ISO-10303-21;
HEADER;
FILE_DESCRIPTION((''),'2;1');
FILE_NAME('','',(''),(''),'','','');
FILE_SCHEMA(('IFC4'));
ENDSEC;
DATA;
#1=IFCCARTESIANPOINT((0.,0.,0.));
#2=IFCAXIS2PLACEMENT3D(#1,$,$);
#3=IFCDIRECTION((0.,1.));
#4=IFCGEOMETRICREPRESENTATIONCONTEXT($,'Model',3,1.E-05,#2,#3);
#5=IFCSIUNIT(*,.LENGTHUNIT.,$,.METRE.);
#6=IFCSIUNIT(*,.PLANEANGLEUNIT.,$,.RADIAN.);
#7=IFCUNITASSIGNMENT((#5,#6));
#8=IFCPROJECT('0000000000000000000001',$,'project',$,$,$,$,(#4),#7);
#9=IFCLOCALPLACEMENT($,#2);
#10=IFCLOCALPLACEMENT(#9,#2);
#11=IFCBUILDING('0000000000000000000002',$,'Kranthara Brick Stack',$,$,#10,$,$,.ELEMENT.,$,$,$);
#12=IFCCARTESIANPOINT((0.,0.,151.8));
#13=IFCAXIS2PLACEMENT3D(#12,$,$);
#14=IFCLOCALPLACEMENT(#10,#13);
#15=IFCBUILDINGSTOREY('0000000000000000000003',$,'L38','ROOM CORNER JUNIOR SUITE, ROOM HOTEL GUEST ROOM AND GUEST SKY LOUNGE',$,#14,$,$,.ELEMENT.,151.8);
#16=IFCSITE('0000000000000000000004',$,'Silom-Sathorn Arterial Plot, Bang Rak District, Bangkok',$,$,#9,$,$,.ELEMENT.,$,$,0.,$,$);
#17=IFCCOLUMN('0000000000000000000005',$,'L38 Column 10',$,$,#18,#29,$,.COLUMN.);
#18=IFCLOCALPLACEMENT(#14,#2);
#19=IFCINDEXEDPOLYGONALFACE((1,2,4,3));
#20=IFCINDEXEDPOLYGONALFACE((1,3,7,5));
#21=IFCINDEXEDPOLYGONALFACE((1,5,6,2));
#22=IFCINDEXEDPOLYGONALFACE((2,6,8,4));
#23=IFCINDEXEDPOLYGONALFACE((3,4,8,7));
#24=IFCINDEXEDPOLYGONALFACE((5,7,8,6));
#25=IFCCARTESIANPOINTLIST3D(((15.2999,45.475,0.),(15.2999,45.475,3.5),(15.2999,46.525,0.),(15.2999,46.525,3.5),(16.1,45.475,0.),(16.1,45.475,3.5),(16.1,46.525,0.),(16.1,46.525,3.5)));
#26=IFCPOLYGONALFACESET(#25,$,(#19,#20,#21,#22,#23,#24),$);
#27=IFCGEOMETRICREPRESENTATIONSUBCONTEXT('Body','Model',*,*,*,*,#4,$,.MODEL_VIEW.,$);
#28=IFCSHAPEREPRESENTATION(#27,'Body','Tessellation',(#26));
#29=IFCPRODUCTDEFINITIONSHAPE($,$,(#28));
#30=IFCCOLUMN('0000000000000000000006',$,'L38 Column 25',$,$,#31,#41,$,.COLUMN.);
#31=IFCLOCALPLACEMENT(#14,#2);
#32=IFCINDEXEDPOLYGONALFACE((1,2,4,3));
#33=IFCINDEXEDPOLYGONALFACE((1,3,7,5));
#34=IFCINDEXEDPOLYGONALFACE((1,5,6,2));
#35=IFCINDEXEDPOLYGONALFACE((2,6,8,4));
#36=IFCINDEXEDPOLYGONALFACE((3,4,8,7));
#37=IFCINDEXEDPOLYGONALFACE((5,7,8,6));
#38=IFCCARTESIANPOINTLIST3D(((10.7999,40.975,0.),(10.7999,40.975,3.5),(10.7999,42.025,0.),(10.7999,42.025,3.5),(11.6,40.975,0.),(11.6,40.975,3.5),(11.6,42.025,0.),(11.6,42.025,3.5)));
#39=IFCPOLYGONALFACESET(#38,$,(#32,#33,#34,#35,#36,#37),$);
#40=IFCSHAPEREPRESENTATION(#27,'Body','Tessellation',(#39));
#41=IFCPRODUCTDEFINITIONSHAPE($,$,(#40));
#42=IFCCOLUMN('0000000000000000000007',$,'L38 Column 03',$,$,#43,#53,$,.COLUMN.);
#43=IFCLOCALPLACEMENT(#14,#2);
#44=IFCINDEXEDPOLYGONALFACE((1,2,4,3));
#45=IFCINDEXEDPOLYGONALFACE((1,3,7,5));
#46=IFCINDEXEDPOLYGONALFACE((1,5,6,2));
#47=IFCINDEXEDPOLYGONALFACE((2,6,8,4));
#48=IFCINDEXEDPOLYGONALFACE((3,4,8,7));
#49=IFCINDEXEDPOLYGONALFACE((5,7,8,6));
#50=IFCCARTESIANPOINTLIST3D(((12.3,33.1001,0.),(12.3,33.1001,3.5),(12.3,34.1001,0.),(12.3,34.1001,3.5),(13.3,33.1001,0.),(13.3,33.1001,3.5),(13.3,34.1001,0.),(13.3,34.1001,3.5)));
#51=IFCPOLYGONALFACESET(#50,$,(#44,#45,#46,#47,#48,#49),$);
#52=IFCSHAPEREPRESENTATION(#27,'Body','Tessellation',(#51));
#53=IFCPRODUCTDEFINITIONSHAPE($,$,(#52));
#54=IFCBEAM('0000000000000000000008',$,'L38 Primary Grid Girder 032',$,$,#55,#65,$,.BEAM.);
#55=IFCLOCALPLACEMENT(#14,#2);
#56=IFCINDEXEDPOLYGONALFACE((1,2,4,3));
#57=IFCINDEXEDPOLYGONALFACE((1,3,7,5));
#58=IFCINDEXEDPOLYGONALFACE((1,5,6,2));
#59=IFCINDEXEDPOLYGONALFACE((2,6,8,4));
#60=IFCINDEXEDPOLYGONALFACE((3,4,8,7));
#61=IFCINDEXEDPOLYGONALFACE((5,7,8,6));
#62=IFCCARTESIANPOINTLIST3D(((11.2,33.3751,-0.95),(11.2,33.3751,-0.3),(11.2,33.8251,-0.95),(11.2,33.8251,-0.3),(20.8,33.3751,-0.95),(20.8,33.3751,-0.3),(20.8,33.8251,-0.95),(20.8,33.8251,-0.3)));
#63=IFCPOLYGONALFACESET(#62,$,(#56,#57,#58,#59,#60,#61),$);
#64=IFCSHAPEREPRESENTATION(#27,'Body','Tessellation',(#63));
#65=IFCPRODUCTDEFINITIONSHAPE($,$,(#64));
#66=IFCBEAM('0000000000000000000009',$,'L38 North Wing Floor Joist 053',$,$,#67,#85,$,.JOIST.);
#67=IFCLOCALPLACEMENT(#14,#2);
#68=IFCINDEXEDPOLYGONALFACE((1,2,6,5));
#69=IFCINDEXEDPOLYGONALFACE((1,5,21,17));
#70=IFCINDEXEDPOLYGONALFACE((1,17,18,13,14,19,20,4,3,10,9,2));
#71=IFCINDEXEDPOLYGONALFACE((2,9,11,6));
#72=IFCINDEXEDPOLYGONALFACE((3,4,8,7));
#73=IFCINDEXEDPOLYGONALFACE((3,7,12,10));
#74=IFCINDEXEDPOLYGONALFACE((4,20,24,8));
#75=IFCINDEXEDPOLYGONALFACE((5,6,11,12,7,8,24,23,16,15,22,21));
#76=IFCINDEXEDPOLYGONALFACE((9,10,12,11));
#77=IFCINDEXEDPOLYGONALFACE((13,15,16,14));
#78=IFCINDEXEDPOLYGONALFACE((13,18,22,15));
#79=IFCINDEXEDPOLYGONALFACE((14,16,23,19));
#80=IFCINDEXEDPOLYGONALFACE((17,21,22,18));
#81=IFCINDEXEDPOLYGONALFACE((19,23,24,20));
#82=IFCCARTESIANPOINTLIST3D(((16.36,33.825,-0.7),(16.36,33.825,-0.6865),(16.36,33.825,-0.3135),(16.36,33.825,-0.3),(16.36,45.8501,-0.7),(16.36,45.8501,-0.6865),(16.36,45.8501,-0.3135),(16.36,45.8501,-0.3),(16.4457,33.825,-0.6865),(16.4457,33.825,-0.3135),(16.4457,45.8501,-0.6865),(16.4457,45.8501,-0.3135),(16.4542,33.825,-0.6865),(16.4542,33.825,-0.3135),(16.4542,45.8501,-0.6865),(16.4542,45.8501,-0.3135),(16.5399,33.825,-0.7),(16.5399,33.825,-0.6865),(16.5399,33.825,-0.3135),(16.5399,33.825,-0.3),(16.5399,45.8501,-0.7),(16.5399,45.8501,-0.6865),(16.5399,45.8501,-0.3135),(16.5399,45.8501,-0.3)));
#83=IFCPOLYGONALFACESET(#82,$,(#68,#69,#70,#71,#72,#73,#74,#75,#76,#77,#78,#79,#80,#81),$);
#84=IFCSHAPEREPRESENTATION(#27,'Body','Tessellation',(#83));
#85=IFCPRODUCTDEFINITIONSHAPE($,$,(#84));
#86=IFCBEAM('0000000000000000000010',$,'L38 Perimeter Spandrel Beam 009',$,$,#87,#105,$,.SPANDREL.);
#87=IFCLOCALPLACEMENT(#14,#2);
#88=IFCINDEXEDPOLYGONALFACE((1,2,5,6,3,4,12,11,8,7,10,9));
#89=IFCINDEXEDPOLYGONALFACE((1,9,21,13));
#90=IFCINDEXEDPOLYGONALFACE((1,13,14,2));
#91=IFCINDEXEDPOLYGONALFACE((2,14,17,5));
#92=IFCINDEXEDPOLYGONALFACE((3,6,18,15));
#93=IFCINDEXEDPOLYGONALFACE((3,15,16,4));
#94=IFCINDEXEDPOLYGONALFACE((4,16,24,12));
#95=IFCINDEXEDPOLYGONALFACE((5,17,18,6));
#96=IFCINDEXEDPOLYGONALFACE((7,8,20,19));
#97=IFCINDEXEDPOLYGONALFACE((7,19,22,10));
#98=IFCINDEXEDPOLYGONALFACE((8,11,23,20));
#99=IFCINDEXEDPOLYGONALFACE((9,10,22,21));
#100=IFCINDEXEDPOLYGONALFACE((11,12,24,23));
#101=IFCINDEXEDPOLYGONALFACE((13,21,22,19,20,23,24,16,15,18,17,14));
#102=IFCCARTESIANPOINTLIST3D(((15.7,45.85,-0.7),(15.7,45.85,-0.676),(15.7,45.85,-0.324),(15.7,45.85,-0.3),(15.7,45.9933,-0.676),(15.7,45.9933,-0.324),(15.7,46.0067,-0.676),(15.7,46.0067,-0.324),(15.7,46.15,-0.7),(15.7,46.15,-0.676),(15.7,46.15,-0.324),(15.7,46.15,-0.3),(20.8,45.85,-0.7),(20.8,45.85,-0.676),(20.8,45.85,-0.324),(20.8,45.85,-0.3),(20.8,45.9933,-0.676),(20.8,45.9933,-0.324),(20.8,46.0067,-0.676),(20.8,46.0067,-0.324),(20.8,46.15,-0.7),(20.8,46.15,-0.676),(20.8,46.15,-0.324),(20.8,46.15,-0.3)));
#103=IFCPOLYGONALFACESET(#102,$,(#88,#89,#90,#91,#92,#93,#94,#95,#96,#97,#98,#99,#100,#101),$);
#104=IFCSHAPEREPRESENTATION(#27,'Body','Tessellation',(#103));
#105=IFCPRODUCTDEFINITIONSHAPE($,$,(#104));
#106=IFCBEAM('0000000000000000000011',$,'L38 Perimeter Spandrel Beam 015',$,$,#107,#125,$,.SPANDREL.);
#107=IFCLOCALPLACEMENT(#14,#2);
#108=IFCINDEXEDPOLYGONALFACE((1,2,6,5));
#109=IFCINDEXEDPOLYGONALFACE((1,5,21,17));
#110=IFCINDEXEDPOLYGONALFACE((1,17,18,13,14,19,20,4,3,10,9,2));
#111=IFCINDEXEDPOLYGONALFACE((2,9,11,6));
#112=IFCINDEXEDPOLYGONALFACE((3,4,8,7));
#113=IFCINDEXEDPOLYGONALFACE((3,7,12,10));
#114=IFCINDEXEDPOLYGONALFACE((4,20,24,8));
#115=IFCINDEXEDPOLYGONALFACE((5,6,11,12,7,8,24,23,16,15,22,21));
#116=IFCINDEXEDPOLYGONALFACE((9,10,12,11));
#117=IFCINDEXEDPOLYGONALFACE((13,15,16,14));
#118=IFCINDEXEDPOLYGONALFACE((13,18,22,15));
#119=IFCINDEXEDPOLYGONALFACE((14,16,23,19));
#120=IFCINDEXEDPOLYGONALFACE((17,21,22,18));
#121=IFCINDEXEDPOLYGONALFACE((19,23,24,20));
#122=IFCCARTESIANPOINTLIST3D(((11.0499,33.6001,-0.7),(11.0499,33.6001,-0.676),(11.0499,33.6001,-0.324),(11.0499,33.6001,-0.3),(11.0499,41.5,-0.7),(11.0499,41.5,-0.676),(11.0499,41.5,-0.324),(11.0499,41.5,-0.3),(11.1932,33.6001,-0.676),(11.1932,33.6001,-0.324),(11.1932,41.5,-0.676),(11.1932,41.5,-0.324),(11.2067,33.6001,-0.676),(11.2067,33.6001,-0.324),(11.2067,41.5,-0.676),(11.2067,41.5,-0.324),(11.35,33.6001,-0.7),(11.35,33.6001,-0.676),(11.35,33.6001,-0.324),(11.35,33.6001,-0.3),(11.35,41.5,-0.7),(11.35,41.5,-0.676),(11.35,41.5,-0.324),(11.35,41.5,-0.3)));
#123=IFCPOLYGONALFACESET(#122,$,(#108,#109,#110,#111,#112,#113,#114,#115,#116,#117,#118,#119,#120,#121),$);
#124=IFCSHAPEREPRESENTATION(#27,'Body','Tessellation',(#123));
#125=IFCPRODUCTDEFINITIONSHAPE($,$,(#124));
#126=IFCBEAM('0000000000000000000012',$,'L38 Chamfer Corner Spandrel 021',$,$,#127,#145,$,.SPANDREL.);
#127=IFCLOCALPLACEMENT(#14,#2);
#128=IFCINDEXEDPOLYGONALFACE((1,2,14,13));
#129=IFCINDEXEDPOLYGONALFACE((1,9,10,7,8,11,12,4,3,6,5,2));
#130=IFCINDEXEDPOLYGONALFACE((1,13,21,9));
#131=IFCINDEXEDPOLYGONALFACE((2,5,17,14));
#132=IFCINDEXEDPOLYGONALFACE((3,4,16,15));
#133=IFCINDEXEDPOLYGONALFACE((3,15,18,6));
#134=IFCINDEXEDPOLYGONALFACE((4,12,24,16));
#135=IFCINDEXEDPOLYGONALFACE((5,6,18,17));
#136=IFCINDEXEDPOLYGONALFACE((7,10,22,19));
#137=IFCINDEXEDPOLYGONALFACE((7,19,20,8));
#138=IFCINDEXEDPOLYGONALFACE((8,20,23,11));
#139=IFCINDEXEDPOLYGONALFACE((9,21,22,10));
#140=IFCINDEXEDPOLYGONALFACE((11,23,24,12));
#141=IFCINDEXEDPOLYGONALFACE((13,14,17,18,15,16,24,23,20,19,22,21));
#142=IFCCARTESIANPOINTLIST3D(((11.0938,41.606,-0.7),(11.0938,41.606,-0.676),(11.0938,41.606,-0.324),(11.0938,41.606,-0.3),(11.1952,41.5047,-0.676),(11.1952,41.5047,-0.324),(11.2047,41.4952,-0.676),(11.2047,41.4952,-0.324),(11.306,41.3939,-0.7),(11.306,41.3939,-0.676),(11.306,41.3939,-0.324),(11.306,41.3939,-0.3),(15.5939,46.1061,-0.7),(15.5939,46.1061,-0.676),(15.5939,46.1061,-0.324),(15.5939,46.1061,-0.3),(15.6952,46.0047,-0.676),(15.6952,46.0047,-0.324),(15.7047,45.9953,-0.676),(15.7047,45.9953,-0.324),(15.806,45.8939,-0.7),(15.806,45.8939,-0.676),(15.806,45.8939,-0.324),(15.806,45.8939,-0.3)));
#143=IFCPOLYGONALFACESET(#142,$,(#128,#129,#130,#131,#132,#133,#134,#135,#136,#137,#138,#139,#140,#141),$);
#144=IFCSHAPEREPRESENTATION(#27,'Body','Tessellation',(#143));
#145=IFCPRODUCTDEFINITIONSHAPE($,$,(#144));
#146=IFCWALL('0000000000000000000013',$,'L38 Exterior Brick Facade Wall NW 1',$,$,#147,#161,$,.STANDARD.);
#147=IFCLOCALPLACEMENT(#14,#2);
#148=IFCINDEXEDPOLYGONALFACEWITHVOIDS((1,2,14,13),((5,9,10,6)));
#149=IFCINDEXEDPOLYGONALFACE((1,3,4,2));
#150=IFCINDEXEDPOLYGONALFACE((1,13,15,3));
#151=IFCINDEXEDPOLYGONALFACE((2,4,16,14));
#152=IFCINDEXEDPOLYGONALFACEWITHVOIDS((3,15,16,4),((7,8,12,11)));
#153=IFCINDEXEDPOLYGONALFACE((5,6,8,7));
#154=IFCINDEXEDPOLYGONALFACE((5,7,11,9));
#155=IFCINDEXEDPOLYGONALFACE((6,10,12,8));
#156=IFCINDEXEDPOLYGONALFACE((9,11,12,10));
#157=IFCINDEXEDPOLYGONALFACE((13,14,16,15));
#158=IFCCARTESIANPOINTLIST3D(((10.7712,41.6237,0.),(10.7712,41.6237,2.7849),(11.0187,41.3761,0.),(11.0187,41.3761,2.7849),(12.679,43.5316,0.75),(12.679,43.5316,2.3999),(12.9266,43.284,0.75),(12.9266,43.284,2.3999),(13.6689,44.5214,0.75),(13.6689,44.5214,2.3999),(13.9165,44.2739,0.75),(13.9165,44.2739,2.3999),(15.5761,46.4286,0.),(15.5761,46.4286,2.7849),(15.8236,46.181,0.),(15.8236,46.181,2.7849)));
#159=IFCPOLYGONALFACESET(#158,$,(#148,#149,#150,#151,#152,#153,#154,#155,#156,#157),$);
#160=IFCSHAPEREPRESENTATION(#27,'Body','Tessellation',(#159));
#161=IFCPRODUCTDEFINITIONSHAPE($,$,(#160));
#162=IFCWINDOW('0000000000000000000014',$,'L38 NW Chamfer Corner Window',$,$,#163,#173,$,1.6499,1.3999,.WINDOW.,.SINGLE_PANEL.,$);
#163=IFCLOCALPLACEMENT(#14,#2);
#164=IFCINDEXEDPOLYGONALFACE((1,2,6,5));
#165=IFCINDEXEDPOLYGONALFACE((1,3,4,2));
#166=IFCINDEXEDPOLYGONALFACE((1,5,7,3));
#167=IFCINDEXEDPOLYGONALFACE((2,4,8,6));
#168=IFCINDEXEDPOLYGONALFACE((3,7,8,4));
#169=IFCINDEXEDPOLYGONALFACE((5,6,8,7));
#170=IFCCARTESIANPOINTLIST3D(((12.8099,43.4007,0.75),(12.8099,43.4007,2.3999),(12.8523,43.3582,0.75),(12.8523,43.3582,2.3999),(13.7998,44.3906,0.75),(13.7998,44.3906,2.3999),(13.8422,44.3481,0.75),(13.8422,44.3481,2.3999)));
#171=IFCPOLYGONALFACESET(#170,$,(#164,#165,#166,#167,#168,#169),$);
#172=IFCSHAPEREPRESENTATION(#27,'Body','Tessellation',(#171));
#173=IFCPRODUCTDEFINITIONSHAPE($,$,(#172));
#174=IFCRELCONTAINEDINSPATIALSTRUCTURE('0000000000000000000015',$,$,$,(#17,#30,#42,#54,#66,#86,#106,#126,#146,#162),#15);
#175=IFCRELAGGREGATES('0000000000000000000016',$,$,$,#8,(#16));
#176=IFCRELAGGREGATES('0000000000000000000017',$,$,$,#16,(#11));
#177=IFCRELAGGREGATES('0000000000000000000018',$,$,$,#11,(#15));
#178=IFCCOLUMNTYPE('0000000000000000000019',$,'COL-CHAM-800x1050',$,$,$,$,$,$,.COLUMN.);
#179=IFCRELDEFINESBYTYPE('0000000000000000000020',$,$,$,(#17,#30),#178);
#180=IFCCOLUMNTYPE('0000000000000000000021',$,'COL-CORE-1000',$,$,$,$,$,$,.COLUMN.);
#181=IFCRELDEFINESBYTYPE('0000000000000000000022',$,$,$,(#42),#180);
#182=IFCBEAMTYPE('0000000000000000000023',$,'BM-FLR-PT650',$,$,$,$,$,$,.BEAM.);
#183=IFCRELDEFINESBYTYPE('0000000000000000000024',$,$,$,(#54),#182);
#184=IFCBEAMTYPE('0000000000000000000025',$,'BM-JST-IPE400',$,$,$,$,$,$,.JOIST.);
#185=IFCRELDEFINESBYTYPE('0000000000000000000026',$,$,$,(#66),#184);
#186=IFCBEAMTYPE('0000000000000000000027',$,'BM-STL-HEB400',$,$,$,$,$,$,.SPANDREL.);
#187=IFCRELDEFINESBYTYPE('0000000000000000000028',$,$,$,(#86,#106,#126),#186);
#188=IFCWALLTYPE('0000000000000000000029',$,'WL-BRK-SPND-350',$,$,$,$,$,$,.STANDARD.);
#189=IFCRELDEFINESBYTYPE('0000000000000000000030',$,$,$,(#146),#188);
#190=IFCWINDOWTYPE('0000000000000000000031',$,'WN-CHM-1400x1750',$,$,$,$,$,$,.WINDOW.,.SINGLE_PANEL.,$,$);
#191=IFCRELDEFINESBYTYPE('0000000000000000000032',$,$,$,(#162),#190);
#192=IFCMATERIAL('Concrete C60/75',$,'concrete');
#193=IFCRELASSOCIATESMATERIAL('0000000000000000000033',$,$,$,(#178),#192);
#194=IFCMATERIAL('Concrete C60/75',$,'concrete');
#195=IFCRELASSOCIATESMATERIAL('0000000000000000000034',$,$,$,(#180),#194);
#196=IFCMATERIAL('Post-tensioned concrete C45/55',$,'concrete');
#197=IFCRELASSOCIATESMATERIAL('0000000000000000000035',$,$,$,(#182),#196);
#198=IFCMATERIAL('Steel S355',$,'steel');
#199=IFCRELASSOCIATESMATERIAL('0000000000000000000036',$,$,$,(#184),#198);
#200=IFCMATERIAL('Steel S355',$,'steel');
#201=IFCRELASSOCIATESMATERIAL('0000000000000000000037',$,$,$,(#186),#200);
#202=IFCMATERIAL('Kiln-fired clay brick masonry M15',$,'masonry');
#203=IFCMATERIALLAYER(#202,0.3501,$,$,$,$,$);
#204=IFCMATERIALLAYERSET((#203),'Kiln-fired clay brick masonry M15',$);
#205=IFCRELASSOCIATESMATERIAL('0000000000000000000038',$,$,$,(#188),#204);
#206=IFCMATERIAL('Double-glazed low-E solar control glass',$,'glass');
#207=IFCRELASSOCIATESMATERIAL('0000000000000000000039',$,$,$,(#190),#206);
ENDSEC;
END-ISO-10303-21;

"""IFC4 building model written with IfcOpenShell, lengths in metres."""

from ifc_helpers import new_model, si_unit, direction, frame, frame_2d, origin, origin_2d, place, context, subcontext, project, spatial, rectangle, i_section, extrude, material, layer, layer_set, material_profile, profile_set, type_object, element, fill, save


model = new_model("IFC4")

# Units and contexts
model_context = context("Model", 3, precision=1e-05, world=origin(), true_north=direction((0.0, 1.0)))
body_context = subcontext(model_context, "Body", "Model", "MODEL_VIEW")
ifc_project = project(units=[si_unit("LENGTHUNIT", "METRE"), si_unit("PLANEANGLEUNIT", "RADIAN")], contexts=[model_context])

# Site, building, storey
site_placement = place(None, origin())
site = spatial("IfcSite", under=ifc_project, at=site_placement, Name="Silom-Sathorn Arterial Plot, Bang Rak District, Bangkok", CompositionType="ELEMENT", RefElevation=0.0)
building_placement = place(site_placement, origin())
building = spatial("IfcBuilding", under=site, at=building_placement, Name="Kranthara Brick Stack", CompositionType="ELEMENT")
storey_placement = place(building_placement, frame((0.0, 0.0, 151.8)))
storey = spatial("IfcBuildingStorey", under=building, at=storey_placement, Name="L38", Description="ROOM CORNER JUNIOR SUITE, ROOM HOTEL GUEST ROOM AND GUEST SKY LOUNGE", CompositionType="ELEMENT", Elevation=151.8)

# Columns
ifc_material_1 = material(Name="Concrete C60/75", Category="concrete")
ifc_material_profile_1 = material_profile(ifc_material_1, rectangle(XDim=0.8, YDim=1.05, at=origin_2d()), Name="RC 800x1050")
ifc_profile_set_1 = profile_set([ifc_material_profile_1], Name="Concrete C60/75")
column_type_1 = type_object("IfcColumnType", Name="COL-CHAM-800x1050", PredefinedType="COLUMN", material=ifc_profile_set_1)
for number, where, z_axis, x_axis, name in (
    (1, (15.7, 46.0, 0.0), (0.0, 0.0, 1.0), (1.0, 0.0, 0.0), "L38 Column 10"),
    (2, (11.2, 41.5, 0.0), (0.0, 0.0, 1.0), (1.0, 0.0, 0.0), "L38 Column 25"),
):
    element("IfcColumn", number, at=place(storey_placement, frame(where, z_axis=z_axis, x_axis=x_axis)), inside=storey, type_object=column_type_1, Name=name, PredefinedType="COLUMN", context=body_context, shape_type="SweptSolid", body=[
        extrude(rectangle(XDim=0.8, YDim=1.05, at=origin_2d()), origin(), (0.0, 0.0, 1.0), 3.5),
    ])
ifc_material_2 = material(Name="Concrete C60/75", Category="concrete")
ifc_material_profile_2 = material_profile(ifc_material_2, rectangle(XDim=1.0, YDim=1.0, at=origin_2d()), Name="RC 1000x1000")
ifc_profile_set_2 = profile_set([ifc_material_profile_2], Name="Concrete C60/75")
column_type_2 = type_object("IfcColumnType", Name="COL-CORE-1000", PredefinedType="COLUMN", material=ifc_profile_set_2)
column_placement = place(storey_placement, frame((12.8, 33.6001, 0.0), z_axis=(0.0, 0.0, 1.0), x_axis=(1.0, 0.0, 0.0)))
element("IfcColumn", 3, at=column_placement, inside=storey, type_object=column_type_2, Name="L38 Column 03", PredefinedType="COLUMN", context=body_context, shape_type="SweptSolid", body=[
    extrude(rectangle(XDim=1.0, YDim=1.0, at=origin_2d()), origin(), (0.0, 0.0, 1.0), 3.5),
])

# Beams
ifc_material_3 = material(Name="Post-tensioned concrete C45/55", Category="concrete")
ifc_material_profile_3 = material_profile(ifc_material_3, rectangle(XDim=0.45, YDim=0.6499, at=origin_2d()), Name="PT 450x650")
ifc_profile_set_3 = profile_set([ifc_material_profile_3], Name="Post-tensioned concrete C45/55")
beam_type_1 = type_object("IfcBeamType", Name="BM-FLR-PT650", PredefinedType="BEAM", material=ifc_profile_set_3)
beam_1_placement = place(storey_placement, frame((11.2, 33.6001, -0.625), z_axis=(1.0, 0.0, 0.0), x_axis=(0.0, 1.0, 0.0)))
element("IfcBeam", 4, at=beam_1_placement, inside=storey, type_object=beam_type_1, Name="L38 Primary Grid Girder 032", PredefinedType="BEAM", context=body_context, shape_type="SweptSolid", body=[
    extrude(rectangle(XDim=0.45, YDim=0.6499, at=origin_2d()), origin(), (0.0, 0.0, 1.0), 9.6001),
])
ifc_material_4 = material(Name="Steel S355", Category="steel")
ifc_material_profile_4 = material_profile(ifc_material_4, i_section(OverallWidth=0.1799, OverallDepth=0.3999, WebThickness=0.0085, FlangeThickness=0.0134, at=origin_2d()), Name="IPE 400")
ifc_profile_set_4 = profile_set([ifc_material_profile_4], Name="Steel S355")
beam_type_2 = type_object("IfcBeamType", Name="BM-JST-IPE400", PredefinedType="JOIST", material=ifc_profile_set_4)
beam_2_placement = place(storey_placement, frame((16.45, 33.825, -0.5), z_axis=(0.0, 1.0, 0.0), x_axis=(-1.0, 0.0, 0.0)))
element("IfcBeam", 5, at=beam_2_placement, inside=storey, type_object=beam_type_2, Name="L38 North Wing Floor Joist 053", PredefinedType="JOIST", context=body_context, shape_type="SweptSolid", body=[
    extrude(i_section(OverallWidth=0.1799, OverallDepth=0.3999, WebThickness=0.0085, FlangeThickness=0.0134, at=origin_2d()), origin(), (0.0, 0.0, 1.0), 12.0251),
])
ifc_material_5 = material(Name="Steel S355", Category="steel")
ifc_material_profile_5 = material_profile(ifc_material_5, i_section(OverallWidth=0.3, OverallDepth=0.3999, WebThickness=0.0134, FlangeThickness=0.0239, at=origin_2d()), Name="HEB 400")
ifc_profile_set_5 = profile_set([ifc_material_profile_5], Name="Steel S355")
beam_type_3 = type_object("IfcBeamType", Name="BM-STL-HEB400", PredefinedType="SPANDREL", material=ifc_profile_set_5)
beam_3_placement = place(storey_placement, frame((15.7, 46.0, -0.5), z_axis=(1.0, 0.0, 0.0), x_axis=(0.0, 1.0, 0.0)))
element("IfcBeam", 6, at=beam_3_placement, inside=storey, type_object=beam_type_3, Name="L38 Perimeter Spandrel Beam 009", PredefinedType="SPANDREL", context=body_context, shape_type="SweptSolid", body=[
    extrude(i_section(OverallWidth=0.3, OverallDepth=0.3999, WebThickness=0.0134, FlangeThickness=0.0239, at=origin_2d()), origin(), (0.0, 0.0, 1.0), 5.1001),
])
beam_4_placement = place(storey_placement, frame((11.2, 33.6001, -0.5), z_axis=(0.0, 1.0, 0.0), x_axis=(-1.0, 0.0, 0.0)))
element("IfcBeam", 7, at=beam_4_placement, inside=storey, type_object=beam_type_3, Name="L38 Perimeter Spandrel Beam 015", PredefinedType="SPANDREL", context=body_context, shape_type="SweptSolid", body=[
    extrude(i_section(OverallWidth=0.3, OverallDepth=0.3999, WebThickness=0.0134, FlangeThickness=0.0239, at=origin_2d()), origin(), (0.0, 0.0, 1.0), 7.8999),
])
beam_5_placement = place(storey_placement, frame((15.7, 46.0, -0.5), z_axis=(-0.707107, -0.707107, 0.0), x_axis=(0.707107, -0.707107, 0.0)))
element("IfcBeam", 8, at=beam_5_placement, inside=storey, type_object=beam_type_3, Name="L38 Chamfer Corner Spandrel 021", PredefinedType="SPANDREL", context=body_context, shape_type="SweptSolid", body=[
    extrude(i_section(OverallWidth=0.3, OverallDepth=0.3999, WebThickness=0.0134, FlangeThickness=0.0239, at=origin_2d()), origin(), (0.0, 0.0, 1.0), 6.364),
])

# Wall, opening, window
ifc_material_6 = material(Name="Kiln-fired clay brick masonry M15", Category="masonry")
ifc_layer_1 = layer(ifc_material_6, 0.3501)
ifc_layer_set_1 = layer_set([ifc_layer_1], Name="Kiln-fired clay brick masonry M15")
wall_type_1 = type_object("IfcWallType", Name="WL-BRK-SPND-350", PredefinedType="STANDARD", material=ifc_layer_set_1)
wall_1_placement = place(storey_placement, frame((10.895, 41.5, 0.0), z_axis=(0.0, 0.0, 1.0), x_axis=(0.707107, 0.707107, 0.0)))
wall_1 = element("IfcWall", 9, at=wall_1_placement, inside=storey, type_object=wall_type_1, Name="L38 Exterior Brick Facade Wall NW 1", PredefinedType="STANDARD", context=body_context, shape_type="SweptSolid", body=[
    extrude(rectangle(XDim=6.7952, YDim=0.3501, at=frame_2d((3.3975, 0.0))), origin(), (0.0, 0.0, 1.0), 2.7849),
])
opening_1_placement = place(wall_1_placement, frame((2.698, 0.0, 0.75)))
opening_1 = element("IfcOpeningElement", 10, at=opening_1_placement, cuts=wall_1, PredefinedType="OPENING", context=body_context, shape_type="SweptSolid", body=[
    extrude(rectangle(XDim=1.3999, YDim=1.6499, at=frame_2d((0.7, 0.825))), frame((0.0, 0.1851, 0.0), z_axis=(0.0, -1.0, 0.0), x_axis=(1.0, 0.0, 0.0)), (0.0, 0.0, 1.0), 0.3701),
])
ifc_material_7 = material(Name="Double-glazed low-E solar control glass", Category="glass")
window_type_1 = type_object("IfcWindowType", Name="WN-CHM-1400x1750", PartitioningType="SINGLE_PANEL", PredefinedType="WINDOW", material=ifc_material_7)
window_1_placement = place(opening_1_placement, origin())
window_1 = element("IfcWindow", 11, at=window_1_placement, inside=storey, type_object=window_type_1, Name="L38 NW Chamfer Corner Window", OverallHeight=1.6499, OverallWidth=1.3999, PartitioningType="SINGLE_PANEL", PredefinedType="WINDOW", context=body_context, shape_type="SweptSolid", body=[
    extrude(rectangle(XDim=1.3999, YDim=1.6499, at=frame_2d((0.7, 0.825))), frame((0.0, -0.01, 0.0), z_axis=(0.0, -1.0, 0.0), x_axis=(1.0, 0.0, 0.0)), (0.0, 0.0, 1.0), 0.0601),
])
fill(opening_1, window_1)

save(model, "model.ifc")
